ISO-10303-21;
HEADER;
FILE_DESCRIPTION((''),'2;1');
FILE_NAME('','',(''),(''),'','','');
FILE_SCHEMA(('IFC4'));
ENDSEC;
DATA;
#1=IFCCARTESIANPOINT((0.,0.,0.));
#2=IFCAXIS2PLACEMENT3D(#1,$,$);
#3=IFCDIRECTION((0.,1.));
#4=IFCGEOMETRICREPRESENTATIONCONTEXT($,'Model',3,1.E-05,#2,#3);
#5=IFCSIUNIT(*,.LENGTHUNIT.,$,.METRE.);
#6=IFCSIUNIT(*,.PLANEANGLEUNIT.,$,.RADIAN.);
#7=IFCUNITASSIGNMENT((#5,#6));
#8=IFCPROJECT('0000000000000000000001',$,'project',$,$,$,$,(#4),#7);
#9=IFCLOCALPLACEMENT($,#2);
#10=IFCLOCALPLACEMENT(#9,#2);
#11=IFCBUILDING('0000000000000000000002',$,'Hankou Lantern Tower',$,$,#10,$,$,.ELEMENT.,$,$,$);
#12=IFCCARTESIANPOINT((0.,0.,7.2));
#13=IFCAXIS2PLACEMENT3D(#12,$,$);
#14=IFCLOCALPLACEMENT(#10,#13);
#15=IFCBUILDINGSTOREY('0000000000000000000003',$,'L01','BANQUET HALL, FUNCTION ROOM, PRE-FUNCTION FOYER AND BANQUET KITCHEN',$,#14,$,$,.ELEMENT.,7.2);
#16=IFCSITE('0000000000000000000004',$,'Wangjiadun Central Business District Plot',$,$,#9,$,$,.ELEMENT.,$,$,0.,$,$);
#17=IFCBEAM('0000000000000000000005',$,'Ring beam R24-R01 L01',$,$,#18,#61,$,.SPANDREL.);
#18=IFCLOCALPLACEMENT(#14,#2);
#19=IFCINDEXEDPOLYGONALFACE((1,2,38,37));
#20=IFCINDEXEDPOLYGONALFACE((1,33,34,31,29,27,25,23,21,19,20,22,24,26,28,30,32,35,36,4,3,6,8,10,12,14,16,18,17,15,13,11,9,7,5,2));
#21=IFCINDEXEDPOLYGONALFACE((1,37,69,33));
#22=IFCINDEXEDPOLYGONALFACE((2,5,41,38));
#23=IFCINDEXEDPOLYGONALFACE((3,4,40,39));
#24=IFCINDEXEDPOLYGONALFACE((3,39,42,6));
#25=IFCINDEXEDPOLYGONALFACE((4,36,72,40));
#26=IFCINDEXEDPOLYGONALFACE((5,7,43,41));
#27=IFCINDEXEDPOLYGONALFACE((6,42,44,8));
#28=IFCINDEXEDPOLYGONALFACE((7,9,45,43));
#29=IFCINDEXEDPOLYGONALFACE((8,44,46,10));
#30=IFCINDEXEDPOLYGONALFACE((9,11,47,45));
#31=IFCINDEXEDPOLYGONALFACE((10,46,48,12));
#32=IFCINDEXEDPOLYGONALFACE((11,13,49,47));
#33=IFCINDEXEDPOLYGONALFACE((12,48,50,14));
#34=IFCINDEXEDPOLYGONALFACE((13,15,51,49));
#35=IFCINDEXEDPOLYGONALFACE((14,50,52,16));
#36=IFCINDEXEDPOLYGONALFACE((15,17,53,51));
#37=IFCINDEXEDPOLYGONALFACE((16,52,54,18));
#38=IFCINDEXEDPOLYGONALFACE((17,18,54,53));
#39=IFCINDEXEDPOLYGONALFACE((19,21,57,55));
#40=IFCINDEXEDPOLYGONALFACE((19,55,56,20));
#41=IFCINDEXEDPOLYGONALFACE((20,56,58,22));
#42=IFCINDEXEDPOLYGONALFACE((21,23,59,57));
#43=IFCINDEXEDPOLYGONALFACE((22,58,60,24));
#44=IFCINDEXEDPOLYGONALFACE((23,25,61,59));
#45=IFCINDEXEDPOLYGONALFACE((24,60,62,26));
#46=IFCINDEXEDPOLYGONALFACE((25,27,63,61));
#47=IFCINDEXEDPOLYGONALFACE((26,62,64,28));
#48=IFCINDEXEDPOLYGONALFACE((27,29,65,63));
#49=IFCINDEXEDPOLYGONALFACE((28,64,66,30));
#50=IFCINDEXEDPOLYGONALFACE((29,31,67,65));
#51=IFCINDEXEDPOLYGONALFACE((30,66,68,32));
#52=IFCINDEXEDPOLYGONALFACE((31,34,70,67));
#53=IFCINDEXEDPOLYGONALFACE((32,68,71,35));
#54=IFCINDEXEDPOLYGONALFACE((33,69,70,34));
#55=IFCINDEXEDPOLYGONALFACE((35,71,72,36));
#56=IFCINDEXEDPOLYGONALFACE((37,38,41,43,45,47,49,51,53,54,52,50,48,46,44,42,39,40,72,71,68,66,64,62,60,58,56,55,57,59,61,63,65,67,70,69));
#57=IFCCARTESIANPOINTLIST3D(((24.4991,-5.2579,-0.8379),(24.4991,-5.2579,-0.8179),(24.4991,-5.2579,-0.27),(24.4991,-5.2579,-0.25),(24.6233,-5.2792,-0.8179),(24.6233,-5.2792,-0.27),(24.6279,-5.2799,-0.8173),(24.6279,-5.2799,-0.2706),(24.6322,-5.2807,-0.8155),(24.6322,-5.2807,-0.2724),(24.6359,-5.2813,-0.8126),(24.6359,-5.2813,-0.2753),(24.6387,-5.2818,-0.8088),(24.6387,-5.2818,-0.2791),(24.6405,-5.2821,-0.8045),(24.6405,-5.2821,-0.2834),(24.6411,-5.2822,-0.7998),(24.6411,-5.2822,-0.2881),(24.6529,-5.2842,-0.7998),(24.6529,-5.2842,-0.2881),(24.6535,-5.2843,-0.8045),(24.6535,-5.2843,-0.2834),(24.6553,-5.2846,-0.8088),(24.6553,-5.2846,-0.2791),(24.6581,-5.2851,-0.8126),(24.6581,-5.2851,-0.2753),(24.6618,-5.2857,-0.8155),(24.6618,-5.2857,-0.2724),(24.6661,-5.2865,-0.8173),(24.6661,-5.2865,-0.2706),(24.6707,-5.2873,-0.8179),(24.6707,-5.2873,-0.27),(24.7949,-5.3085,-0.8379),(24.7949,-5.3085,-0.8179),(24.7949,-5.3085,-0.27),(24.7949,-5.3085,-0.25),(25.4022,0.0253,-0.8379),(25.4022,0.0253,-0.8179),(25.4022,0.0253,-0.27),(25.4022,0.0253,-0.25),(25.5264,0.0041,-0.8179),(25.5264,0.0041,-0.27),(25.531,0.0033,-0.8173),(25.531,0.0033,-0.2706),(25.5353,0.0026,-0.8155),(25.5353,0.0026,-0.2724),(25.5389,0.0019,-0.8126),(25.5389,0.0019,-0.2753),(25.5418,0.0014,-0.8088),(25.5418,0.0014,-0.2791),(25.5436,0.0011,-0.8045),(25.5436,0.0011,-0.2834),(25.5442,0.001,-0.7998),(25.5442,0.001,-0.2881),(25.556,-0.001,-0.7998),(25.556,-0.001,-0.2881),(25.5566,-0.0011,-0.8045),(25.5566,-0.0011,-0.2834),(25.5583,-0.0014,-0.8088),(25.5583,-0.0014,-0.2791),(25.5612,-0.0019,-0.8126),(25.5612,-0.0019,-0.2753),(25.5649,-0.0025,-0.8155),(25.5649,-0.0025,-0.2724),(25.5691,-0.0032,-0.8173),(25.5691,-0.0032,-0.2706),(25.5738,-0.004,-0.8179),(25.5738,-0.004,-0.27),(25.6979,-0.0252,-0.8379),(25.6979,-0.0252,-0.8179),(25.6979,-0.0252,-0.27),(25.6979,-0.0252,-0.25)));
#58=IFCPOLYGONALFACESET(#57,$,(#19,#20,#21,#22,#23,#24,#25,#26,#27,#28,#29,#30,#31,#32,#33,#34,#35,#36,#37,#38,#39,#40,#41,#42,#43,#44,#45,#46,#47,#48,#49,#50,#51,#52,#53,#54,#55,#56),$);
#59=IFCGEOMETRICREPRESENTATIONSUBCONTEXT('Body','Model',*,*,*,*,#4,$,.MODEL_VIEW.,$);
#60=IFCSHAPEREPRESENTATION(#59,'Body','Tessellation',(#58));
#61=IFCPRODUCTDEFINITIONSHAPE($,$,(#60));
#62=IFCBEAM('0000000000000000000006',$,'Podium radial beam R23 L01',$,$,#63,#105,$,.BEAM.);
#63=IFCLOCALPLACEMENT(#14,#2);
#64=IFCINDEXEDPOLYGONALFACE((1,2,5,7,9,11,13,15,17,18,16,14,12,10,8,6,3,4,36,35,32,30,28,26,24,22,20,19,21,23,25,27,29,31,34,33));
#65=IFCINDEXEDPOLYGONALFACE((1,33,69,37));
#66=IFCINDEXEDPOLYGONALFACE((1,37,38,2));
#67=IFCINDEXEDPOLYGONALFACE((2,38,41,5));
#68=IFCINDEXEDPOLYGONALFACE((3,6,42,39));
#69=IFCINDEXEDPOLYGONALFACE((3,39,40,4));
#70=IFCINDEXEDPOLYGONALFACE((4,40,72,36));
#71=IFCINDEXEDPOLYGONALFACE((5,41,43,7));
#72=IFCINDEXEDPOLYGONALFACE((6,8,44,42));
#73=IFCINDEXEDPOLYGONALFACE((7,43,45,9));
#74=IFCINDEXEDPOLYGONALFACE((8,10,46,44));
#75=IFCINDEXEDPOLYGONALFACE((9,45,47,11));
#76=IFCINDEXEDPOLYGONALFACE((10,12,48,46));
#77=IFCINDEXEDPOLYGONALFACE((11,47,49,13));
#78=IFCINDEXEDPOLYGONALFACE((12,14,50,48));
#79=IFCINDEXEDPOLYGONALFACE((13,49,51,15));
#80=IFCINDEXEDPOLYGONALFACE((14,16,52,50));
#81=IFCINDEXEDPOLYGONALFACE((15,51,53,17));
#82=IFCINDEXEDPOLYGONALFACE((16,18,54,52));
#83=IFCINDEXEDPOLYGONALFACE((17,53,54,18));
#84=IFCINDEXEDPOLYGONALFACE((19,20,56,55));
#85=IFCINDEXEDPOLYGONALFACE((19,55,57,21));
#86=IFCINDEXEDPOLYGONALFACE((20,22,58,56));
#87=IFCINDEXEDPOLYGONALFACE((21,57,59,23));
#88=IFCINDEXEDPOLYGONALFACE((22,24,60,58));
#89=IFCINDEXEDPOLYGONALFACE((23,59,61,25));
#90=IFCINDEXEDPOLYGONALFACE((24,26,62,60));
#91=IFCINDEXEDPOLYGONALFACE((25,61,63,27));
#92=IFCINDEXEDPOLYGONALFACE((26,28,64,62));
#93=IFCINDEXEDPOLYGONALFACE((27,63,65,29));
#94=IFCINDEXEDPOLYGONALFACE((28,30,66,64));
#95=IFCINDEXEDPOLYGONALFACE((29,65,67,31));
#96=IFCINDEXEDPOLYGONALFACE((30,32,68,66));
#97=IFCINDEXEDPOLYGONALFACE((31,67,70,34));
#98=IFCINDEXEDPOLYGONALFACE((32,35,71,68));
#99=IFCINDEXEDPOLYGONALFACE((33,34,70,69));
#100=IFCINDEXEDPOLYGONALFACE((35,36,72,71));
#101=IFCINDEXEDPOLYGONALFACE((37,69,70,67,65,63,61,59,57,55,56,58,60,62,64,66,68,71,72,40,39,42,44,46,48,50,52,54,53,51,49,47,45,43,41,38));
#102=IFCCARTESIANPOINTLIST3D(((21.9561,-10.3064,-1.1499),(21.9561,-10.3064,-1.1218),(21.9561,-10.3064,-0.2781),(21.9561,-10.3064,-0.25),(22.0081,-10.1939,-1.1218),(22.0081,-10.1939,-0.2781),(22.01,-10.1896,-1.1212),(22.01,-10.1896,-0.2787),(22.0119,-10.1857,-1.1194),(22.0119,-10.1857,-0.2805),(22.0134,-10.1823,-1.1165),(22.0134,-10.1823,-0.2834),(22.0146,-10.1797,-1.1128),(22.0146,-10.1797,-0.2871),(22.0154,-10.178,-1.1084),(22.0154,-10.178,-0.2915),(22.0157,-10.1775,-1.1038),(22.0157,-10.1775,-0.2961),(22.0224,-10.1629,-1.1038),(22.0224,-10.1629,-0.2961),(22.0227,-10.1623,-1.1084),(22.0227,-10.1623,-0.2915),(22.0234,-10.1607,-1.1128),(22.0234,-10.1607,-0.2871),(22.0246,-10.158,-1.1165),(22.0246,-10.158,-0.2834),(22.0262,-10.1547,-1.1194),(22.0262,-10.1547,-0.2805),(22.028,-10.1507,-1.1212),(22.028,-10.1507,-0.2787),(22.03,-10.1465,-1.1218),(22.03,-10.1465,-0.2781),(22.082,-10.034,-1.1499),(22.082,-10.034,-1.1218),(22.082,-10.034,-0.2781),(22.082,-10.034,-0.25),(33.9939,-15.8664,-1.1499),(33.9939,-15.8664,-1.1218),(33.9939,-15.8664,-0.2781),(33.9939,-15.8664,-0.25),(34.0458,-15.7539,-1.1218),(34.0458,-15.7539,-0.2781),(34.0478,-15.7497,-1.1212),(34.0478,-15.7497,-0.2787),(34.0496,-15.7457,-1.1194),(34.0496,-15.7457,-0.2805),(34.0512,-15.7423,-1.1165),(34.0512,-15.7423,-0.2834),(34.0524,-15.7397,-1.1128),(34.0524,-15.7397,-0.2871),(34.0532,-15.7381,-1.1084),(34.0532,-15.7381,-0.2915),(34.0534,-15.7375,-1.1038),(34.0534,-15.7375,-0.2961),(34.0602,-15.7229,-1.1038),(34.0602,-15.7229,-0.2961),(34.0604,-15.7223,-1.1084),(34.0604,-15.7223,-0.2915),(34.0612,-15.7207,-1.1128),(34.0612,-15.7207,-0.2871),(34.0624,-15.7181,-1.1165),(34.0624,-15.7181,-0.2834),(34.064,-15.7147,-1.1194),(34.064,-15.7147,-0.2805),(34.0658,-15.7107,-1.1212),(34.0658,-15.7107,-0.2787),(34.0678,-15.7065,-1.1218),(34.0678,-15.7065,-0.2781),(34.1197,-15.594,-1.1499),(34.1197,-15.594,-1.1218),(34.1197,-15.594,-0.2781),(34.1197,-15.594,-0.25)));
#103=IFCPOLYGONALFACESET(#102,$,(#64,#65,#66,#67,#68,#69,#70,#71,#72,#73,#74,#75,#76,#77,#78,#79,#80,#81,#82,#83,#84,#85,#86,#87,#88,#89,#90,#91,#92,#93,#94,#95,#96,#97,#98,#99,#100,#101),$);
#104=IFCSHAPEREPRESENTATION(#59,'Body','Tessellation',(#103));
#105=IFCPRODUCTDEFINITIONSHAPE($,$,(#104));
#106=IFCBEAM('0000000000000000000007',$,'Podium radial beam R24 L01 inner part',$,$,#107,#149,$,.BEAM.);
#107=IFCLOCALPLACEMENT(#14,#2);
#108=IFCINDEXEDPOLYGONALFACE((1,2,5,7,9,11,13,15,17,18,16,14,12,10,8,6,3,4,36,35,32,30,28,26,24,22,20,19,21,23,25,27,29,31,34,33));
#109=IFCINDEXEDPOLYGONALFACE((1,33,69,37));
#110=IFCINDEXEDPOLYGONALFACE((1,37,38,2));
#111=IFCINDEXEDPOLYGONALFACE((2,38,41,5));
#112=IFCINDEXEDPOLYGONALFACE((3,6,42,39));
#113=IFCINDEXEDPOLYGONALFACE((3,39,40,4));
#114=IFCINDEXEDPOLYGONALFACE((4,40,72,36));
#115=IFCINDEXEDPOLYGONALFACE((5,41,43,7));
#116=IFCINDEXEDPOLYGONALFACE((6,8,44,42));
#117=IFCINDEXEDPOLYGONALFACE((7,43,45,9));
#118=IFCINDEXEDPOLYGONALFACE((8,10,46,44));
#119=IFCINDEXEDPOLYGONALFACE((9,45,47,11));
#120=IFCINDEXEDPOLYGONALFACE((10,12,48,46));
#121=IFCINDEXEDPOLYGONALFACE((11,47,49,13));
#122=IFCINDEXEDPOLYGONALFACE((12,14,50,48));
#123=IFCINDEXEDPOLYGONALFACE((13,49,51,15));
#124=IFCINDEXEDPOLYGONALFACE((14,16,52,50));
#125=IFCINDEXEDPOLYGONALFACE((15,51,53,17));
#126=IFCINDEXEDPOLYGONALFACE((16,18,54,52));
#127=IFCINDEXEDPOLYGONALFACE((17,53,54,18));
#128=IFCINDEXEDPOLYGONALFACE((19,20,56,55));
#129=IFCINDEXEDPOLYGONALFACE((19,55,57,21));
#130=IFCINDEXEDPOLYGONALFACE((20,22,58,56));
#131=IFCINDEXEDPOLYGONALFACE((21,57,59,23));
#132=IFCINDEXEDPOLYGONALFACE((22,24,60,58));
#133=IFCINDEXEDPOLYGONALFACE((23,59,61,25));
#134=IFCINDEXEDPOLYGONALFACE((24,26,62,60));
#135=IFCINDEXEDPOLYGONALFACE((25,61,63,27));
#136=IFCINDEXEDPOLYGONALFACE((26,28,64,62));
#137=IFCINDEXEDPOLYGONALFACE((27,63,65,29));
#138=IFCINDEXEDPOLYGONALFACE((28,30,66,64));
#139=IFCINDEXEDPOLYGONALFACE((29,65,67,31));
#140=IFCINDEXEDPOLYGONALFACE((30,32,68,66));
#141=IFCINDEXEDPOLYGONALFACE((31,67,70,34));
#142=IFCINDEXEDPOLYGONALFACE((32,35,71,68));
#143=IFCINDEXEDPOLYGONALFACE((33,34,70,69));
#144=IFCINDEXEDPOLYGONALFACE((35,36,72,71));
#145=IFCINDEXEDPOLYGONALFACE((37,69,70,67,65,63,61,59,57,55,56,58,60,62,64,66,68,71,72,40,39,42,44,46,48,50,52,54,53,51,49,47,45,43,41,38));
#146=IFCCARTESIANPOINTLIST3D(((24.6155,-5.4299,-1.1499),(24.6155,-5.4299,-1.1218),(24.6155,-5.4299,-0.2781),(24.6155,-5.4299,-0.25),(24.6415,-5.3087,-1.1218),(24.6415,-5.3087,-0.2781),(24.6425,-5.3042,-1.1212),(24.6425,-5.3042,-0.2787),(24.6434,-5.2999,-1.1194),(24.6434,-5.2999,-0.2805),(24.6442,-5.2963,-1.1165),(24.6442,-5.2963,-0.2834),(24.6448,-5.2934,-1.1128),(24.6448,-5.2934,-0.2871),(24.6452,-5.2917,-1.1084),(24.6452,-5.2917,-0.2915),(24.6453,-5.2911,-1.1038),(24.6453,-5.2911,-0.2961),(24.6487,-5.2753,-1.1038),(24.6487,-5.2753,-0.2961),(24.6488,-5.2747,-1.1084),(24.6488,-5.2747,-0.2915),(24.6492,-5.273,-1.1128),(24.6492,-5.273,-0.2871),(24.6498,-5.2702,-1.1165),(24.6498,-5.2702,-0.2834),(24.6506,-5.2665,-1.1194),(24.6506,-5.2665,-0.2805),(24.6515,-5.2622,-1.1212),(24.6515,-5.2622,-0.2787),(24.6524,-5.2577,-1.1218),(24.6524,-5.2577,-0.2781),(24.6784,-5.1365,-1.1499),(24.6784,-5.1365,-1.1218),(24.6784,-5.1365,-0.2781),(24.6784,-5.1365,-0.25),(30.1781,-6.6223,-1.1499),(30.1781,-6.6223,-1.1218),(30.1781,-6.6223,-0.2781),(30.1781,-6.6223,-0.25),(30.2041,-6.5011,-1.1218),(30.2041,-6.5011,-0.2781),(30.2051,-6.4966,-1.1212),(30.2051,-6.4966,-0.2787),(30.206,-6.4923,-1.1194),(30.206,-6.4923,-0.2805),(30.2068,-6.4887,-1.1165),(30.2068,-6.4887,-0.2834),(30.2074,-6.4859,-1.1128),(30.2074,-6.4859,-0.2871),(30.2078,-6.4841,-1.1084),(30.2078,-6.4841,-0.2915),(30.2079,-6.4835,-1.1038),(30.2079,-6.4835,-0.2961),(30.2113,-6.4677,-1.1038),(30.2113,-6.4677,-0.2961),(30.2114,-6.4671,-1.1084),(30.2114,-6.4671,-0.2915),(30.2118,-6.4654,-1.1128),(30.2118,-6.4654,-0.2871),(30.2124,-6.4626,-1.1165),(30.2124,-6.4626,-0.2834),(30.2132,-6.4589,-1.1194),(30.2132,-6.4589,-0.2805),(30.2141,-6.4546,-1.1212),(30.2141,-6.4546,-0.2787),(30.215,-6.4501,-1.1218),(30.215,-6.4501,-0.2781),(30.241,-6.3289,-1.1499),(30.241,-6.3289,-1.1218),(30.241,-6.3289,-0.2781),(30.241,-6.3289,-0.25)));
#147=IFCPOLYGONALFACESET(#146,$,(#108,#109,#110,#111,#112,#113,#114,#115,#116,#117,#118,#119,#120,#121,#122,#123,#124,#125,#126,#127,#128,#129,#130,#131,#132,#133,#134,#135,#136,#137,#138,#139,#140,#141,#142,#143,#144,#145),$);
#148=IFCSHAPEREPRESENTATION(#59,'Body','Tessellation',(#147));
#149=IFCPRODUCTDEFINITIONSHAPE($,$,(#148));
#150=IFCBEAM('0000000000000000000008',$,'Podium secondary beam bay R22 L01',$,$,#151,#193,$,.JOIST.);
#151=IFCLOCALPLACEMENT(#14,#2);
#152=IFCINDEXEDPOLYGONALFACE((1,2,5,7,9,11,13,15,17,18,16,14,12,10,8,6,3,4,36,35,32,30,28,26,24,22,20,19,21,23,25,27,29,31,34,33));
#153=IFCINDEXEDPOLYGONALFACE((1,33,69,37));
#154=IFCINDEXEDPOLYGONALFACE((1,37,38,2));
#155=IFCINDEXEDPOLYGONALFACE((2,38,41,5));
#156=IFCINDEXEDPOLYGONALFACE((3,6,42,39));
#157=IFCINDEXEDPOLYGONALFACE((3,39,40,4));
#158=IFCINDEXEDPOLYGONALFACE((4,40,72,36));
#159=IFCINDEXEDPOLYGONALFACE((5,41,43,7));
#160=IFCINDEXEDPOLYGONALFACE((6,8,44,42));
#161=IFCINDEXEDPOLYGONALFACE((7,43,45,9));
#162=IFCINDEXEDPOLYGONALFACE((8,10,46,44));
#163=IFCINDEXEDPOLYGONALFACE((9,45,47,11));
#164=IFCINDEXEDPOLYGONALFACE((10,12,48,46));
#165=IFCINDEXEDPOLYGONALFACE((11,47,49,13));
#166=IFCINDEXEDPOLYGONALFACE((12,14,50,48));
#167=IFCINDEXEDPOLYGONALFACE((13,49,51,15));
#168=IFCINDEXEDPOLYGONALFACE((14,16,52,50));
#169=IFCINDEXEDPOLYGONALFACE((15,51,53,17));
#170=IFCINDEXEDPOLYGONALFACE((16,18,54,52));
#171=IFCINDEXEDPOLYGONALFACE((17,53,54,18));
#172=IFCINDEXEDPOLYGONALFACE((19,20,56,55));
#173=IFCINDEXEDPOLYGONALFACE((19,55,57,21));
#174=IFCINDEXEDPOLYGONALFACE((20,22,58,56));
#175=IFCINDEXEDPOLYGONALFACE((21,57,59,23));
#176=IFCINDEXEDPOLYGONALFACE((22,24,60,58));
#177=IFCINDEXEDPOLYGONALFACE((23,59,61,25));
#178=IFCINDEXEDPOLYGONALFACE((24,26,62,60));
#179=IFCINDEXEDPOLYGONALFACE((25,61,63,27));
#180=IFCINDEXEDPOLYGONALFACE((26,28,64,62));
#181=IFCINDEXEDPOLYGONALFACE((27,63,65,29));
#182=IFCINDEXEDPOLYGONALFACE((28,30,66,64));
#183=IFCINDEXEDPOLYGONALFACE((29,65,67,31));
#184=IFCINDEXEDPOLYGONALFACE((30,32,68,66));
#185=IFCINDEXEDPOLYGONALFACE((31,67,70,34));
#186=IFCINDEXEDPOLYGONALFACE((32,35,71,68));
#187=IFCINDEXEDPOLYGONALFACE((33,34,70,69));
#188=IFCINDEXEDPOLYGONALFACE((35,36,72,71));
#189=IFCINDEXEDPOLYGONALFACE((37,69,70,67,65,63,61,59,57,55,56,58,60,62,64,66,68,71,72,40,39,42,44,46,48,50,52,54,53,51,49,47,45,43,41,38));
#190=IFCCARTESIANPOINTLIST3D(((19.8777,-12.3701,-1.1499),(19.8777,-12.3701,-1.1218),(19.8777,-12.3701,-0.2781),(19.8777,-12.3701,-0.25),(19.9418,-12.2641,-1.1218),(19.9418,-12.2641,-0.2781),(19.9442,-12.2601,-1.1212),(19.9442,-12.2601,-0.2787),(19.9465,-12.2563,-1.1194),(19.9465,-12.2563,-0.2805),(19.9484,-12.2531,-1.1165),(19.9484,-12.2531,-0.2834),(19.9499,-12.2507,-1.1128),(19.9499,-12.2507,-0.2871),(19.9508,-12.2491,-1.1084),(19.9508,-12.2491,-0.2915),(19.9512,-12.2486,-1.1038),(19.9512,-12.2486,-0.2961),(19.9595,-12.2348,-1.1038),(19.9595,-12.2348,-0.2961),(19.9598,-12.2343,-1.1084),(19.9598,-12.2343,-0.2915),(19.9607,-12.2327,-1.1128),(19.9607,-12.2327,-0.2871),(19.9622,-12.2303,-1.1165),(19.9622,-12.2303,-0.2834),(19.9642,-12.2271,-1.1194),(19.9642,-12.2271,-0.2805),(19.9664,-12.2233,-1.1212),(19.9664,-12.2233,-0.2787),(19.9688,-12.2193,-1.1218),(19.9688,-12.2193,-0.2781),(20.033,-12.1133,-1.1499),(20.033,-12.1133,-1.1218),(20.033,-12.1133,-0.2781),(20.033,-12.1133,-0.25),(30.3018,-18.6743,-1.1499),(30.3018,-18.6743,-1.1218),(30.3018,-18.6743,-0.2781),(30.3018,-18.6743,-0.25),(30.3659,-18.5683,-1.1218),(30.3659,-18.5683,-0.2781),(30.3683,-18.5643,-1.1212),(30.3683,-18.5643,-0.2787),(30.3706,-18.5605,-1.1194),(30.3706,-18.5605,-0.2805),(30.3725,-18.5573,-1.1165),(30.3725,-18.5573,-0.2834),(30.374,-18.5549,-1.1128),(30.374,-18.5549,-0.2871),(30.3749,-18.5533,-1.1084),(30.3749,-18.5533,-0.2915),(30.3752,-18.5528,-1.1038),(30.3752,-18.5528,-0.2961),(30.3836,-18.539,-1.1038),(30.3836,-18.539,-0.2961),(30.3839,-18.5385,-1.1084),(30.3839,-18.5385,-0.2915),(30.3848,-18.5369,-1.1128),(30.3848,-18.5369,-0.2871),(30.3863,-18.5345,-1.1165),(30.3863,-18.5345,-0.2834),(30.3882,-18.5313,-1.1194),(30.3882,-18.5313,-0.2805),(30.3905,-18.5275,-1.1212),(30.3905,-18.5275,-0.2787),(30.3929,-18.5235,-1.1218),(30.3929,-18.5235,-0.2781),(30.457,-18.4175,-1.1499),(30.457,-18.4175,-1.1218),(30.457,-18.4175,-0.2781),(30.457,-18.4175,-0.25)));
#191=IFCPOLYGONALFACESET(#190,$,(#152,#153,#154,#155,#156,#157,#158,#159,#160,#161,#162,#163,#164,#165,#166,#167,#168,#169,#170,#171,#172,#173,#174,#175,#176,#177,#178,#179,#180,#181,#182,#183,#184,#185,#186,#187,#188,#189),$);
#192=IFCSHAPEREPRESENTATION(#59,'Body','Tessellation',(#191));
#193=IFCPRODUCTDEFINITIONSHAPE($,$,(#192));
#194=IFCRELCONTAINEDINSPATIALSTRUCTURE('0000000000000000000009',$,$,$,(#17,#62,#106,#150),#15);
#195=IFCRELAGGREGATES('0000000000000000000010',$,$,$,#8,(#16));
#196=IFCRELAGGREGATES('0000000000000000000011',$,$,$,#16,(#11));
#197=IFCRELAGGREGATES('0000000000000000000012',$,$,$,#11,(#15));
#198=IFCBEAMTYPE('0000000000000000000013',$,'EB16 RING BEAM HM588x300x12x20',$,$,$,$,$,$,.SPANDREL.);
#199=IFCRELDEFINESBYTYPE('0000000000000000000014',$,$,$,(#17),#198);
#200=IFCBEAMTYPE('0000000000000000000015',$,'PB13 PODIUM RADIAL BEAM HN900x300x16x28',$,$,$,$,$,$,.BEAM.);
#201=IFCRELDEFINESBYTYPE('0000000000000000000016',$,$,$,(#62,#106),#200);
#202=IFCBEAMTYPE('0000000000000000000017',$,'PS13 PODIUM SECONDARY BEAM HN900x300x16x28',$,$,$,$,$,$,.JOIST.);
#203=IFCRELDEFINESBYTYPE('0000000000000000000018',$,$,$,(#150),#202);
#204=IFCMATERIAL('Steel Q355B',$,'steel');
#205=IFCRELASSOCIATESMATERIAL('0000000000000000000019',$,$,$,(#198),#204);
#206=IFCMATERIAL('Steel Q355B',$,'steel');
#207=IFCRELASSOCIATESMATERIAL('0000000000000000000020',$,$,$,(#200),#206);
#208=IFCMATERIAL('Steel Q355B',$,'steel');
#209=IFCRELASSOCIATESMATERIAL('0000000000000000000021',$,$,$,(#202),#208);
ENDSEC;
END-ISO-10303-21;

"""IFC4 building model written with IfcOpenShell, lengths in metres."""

from ifc_helpers import new_model, si_unit, direction, frame, origin, origin_2d, place, context, subcontext, project, spatial, i_section, extrude, material, material_profile, profile_set, type_object, element, save


model = new_model("IFC4")

# Units and contexts
model_context = context("Model", 3, precision=1e-05, world=origin(), true_north=direction((0.0, 1.0)))
body_context = subcontext(model_context, "Body", "Model", "MODEL_VIEW")
ifc_project = project(units=[si_unit("LENGTHUNIT", "METRE"), si_unit("PLANEANGLEUNIT", "RADIAN")], contexts=[model_context])

# Site, building, storey
site_placement = place(None, origin())
site = spatial("IfcSite", under=ifc_project, at=site_placement, Name="Wangjiadun Central Business District Plot", CompositionType="ELEMENT", RefElevation=0.0)
building_placement = place(site_placement, origin())
building = spatial("IfcBuilding", under=site, at=building_placement, Name="Hankou Lantern Tower", CompositionType="ELEMENT")
storey_placement = place(building_placement, frame((0.0, 0.0, 7.2)))
storey = spatial("IfcBuildingStorey", under=building, at=storey_placement, Name="L01", Description="BANQUET HALL, FUNCTION ROOM, PRE-FUNCTION FOYER AND BANQUET KITCHEN", CompositionType="ELEMENT", Elevation=7.2)

# Beams
ifc_material_1 = material(Name="Steel Q355B", Category="steel")
ifc_material_profile_1 = material_profile(ifc_material_1, i_section(OverallWidth=0.3, OverallDepth=0.5879, WebThickness=0.012, FlangeThickness=0.02, FilletRadius=0.0181, at=origin_2d()), Name="HM588x300x12x20")
ifc_profile_set_1 = profile_set([ifc_material_profile_1], Name="Steel Q355B")
beam_type_1 = type_object("IfcBeamType", Name="EB16 RING BEAM HM588x300x12x20", PredefinedType="SPANDREL", material=ifc_profile_set_1)
beam_1_placement = place(storey_placement, frame((24.647, -5.2832, -0.5439), z_axis=(0.16849, 0.985703, 0.0), x_axis=(-0.985703, 0.16849, 0.0)))
element("IfcBeam", 1, at=beam_1_placement, inside=storey, type_object=beam_type_1, Name="Ring beam R24-R01 L01", PredefinedType="SPANDREL", context=body_context, shape_type="SweptSolid", body=[
    extrude(i_section(OverallWidth=0.3, OverallDepth=0.5879, WebThickness=0.012, FlangeThickness=0.02, FilletRadius=0.0181, at=origin_2d()), origin(), (0.0, 0.0, 1.0), 5.3599),
])
ifc_material_2 = material(Name="Steel Q355B", Category="steel")
ifc_material_profile_2 = material_profile(ifc_material_2, i_section(OverallWidth=0.3, OverallDepth=0.8999, WebThickness=0.0161, FlangeThickness=0.0281, FilletRadius=0.0181, at=origin_2d()), Name="HN900x300x16x28")
ifc_profile_set_2 = profile_set([ifc_material_profile_2], Name="Steel Q355B")
beam_type_2 = type_object("IfcBeamType", Name="PB13 PODIUM RADIAL BEAM HN900x300x16x28", PredefinedType="BEAM", material=ifc_profile_set_2)
beam_2_placement = place(storey_placement, frame((22.019, -10.1702, -0.7), z_axis=(0.907841, -0.419315, 0.0), x_axis=(0.419315, 0.907841, 0.0)))
element("IfcBeam", 2, at=beam_2_placement, inside=storey, type_object=beam_type_2, Name="Podium radial beam R23 L01", PredefinedType="BEAM", context=body_context, shape_type="SweptSolid", body=[
    extrude(i_section(OverallWidth=0.3, OverallDepth=0.8999, WebThickness=0.0161, FlangeThickness=0.0281, FilletRadius=0.0181, at=origin_2d()), origin(), (0.0, 0.0, 1.0), 13.2598),
])
beam_3_placement = place(storey_placement, frame((24.647, -5.2832, -0.7), z_axis=(0.977787, -0.209599, 0.0), x_axis=(0.209599, 0.977787, 0.0)))
element("IfcBeam", 3, at=beam_3_placement, inside=storey, type_object=beam_type_2, Name="Podium radial beam R24 L01 inner part", PredefinedType="BEAM", context=body_context, shape_type="SweptSolid", body=[
    extrude(i_section(OverallWidth=0.3, OverallDepth=0.8999, WebThickness=0.0161, FlangeThickness=0.0281, FilletRadius=0.0181, at=origin_2d()), origin(), (0.0, 0.0, 1.0), 5.689),
])
ifc_material_3 = material(Name="Steel Q355B", Category="steel")
ifc_material_profile_3 = material_profile(ifc_material_3, i_section(OverallWidth=0.3, OverallDepth=0.8999, WebThickness=0.0161, FlangeThickness=0.0281, FilletRadius=0.0181, at=origin_2d()), Name="HN900x300x16x28")
ifc_profile_set_3 = profile_set([ifc_material_profile_3], Name="Steel Q355B")
beam_type_3 = type_object("IfcBeamType", Name="PS13 PODIUM SECONDARY BEAM HN900x300x16x28", PredefinedType="JOIST", material=ifc_profile_set_3)
beam_4_placement = place(storey_placement, frame((19.9553, -12.2417, -0.7), z_axis=(0.855686, -0.517496, 0.0), x_axis=(0.517496, 0.855686, 0.0)))
element("IfcBeam", 4, at=beam_4_placement, inside=storey, type_object=beam_type_3, Name="Podium secondary beam bay R22 L01", PredefinedType="JOIST", context=body_context, shape_type="SweptSolid", body=[
    extrude(i_section(OverallWidth=0.3, OverallDepth=0.8999, WebThickness=0.0161, FlangeThickness=0.0281, FilletRadius=0.0181, at=origin_2d()), origin(), (0.0, 0.0, 1.0), 12.1821),
])

save(model, "model.ifc")
